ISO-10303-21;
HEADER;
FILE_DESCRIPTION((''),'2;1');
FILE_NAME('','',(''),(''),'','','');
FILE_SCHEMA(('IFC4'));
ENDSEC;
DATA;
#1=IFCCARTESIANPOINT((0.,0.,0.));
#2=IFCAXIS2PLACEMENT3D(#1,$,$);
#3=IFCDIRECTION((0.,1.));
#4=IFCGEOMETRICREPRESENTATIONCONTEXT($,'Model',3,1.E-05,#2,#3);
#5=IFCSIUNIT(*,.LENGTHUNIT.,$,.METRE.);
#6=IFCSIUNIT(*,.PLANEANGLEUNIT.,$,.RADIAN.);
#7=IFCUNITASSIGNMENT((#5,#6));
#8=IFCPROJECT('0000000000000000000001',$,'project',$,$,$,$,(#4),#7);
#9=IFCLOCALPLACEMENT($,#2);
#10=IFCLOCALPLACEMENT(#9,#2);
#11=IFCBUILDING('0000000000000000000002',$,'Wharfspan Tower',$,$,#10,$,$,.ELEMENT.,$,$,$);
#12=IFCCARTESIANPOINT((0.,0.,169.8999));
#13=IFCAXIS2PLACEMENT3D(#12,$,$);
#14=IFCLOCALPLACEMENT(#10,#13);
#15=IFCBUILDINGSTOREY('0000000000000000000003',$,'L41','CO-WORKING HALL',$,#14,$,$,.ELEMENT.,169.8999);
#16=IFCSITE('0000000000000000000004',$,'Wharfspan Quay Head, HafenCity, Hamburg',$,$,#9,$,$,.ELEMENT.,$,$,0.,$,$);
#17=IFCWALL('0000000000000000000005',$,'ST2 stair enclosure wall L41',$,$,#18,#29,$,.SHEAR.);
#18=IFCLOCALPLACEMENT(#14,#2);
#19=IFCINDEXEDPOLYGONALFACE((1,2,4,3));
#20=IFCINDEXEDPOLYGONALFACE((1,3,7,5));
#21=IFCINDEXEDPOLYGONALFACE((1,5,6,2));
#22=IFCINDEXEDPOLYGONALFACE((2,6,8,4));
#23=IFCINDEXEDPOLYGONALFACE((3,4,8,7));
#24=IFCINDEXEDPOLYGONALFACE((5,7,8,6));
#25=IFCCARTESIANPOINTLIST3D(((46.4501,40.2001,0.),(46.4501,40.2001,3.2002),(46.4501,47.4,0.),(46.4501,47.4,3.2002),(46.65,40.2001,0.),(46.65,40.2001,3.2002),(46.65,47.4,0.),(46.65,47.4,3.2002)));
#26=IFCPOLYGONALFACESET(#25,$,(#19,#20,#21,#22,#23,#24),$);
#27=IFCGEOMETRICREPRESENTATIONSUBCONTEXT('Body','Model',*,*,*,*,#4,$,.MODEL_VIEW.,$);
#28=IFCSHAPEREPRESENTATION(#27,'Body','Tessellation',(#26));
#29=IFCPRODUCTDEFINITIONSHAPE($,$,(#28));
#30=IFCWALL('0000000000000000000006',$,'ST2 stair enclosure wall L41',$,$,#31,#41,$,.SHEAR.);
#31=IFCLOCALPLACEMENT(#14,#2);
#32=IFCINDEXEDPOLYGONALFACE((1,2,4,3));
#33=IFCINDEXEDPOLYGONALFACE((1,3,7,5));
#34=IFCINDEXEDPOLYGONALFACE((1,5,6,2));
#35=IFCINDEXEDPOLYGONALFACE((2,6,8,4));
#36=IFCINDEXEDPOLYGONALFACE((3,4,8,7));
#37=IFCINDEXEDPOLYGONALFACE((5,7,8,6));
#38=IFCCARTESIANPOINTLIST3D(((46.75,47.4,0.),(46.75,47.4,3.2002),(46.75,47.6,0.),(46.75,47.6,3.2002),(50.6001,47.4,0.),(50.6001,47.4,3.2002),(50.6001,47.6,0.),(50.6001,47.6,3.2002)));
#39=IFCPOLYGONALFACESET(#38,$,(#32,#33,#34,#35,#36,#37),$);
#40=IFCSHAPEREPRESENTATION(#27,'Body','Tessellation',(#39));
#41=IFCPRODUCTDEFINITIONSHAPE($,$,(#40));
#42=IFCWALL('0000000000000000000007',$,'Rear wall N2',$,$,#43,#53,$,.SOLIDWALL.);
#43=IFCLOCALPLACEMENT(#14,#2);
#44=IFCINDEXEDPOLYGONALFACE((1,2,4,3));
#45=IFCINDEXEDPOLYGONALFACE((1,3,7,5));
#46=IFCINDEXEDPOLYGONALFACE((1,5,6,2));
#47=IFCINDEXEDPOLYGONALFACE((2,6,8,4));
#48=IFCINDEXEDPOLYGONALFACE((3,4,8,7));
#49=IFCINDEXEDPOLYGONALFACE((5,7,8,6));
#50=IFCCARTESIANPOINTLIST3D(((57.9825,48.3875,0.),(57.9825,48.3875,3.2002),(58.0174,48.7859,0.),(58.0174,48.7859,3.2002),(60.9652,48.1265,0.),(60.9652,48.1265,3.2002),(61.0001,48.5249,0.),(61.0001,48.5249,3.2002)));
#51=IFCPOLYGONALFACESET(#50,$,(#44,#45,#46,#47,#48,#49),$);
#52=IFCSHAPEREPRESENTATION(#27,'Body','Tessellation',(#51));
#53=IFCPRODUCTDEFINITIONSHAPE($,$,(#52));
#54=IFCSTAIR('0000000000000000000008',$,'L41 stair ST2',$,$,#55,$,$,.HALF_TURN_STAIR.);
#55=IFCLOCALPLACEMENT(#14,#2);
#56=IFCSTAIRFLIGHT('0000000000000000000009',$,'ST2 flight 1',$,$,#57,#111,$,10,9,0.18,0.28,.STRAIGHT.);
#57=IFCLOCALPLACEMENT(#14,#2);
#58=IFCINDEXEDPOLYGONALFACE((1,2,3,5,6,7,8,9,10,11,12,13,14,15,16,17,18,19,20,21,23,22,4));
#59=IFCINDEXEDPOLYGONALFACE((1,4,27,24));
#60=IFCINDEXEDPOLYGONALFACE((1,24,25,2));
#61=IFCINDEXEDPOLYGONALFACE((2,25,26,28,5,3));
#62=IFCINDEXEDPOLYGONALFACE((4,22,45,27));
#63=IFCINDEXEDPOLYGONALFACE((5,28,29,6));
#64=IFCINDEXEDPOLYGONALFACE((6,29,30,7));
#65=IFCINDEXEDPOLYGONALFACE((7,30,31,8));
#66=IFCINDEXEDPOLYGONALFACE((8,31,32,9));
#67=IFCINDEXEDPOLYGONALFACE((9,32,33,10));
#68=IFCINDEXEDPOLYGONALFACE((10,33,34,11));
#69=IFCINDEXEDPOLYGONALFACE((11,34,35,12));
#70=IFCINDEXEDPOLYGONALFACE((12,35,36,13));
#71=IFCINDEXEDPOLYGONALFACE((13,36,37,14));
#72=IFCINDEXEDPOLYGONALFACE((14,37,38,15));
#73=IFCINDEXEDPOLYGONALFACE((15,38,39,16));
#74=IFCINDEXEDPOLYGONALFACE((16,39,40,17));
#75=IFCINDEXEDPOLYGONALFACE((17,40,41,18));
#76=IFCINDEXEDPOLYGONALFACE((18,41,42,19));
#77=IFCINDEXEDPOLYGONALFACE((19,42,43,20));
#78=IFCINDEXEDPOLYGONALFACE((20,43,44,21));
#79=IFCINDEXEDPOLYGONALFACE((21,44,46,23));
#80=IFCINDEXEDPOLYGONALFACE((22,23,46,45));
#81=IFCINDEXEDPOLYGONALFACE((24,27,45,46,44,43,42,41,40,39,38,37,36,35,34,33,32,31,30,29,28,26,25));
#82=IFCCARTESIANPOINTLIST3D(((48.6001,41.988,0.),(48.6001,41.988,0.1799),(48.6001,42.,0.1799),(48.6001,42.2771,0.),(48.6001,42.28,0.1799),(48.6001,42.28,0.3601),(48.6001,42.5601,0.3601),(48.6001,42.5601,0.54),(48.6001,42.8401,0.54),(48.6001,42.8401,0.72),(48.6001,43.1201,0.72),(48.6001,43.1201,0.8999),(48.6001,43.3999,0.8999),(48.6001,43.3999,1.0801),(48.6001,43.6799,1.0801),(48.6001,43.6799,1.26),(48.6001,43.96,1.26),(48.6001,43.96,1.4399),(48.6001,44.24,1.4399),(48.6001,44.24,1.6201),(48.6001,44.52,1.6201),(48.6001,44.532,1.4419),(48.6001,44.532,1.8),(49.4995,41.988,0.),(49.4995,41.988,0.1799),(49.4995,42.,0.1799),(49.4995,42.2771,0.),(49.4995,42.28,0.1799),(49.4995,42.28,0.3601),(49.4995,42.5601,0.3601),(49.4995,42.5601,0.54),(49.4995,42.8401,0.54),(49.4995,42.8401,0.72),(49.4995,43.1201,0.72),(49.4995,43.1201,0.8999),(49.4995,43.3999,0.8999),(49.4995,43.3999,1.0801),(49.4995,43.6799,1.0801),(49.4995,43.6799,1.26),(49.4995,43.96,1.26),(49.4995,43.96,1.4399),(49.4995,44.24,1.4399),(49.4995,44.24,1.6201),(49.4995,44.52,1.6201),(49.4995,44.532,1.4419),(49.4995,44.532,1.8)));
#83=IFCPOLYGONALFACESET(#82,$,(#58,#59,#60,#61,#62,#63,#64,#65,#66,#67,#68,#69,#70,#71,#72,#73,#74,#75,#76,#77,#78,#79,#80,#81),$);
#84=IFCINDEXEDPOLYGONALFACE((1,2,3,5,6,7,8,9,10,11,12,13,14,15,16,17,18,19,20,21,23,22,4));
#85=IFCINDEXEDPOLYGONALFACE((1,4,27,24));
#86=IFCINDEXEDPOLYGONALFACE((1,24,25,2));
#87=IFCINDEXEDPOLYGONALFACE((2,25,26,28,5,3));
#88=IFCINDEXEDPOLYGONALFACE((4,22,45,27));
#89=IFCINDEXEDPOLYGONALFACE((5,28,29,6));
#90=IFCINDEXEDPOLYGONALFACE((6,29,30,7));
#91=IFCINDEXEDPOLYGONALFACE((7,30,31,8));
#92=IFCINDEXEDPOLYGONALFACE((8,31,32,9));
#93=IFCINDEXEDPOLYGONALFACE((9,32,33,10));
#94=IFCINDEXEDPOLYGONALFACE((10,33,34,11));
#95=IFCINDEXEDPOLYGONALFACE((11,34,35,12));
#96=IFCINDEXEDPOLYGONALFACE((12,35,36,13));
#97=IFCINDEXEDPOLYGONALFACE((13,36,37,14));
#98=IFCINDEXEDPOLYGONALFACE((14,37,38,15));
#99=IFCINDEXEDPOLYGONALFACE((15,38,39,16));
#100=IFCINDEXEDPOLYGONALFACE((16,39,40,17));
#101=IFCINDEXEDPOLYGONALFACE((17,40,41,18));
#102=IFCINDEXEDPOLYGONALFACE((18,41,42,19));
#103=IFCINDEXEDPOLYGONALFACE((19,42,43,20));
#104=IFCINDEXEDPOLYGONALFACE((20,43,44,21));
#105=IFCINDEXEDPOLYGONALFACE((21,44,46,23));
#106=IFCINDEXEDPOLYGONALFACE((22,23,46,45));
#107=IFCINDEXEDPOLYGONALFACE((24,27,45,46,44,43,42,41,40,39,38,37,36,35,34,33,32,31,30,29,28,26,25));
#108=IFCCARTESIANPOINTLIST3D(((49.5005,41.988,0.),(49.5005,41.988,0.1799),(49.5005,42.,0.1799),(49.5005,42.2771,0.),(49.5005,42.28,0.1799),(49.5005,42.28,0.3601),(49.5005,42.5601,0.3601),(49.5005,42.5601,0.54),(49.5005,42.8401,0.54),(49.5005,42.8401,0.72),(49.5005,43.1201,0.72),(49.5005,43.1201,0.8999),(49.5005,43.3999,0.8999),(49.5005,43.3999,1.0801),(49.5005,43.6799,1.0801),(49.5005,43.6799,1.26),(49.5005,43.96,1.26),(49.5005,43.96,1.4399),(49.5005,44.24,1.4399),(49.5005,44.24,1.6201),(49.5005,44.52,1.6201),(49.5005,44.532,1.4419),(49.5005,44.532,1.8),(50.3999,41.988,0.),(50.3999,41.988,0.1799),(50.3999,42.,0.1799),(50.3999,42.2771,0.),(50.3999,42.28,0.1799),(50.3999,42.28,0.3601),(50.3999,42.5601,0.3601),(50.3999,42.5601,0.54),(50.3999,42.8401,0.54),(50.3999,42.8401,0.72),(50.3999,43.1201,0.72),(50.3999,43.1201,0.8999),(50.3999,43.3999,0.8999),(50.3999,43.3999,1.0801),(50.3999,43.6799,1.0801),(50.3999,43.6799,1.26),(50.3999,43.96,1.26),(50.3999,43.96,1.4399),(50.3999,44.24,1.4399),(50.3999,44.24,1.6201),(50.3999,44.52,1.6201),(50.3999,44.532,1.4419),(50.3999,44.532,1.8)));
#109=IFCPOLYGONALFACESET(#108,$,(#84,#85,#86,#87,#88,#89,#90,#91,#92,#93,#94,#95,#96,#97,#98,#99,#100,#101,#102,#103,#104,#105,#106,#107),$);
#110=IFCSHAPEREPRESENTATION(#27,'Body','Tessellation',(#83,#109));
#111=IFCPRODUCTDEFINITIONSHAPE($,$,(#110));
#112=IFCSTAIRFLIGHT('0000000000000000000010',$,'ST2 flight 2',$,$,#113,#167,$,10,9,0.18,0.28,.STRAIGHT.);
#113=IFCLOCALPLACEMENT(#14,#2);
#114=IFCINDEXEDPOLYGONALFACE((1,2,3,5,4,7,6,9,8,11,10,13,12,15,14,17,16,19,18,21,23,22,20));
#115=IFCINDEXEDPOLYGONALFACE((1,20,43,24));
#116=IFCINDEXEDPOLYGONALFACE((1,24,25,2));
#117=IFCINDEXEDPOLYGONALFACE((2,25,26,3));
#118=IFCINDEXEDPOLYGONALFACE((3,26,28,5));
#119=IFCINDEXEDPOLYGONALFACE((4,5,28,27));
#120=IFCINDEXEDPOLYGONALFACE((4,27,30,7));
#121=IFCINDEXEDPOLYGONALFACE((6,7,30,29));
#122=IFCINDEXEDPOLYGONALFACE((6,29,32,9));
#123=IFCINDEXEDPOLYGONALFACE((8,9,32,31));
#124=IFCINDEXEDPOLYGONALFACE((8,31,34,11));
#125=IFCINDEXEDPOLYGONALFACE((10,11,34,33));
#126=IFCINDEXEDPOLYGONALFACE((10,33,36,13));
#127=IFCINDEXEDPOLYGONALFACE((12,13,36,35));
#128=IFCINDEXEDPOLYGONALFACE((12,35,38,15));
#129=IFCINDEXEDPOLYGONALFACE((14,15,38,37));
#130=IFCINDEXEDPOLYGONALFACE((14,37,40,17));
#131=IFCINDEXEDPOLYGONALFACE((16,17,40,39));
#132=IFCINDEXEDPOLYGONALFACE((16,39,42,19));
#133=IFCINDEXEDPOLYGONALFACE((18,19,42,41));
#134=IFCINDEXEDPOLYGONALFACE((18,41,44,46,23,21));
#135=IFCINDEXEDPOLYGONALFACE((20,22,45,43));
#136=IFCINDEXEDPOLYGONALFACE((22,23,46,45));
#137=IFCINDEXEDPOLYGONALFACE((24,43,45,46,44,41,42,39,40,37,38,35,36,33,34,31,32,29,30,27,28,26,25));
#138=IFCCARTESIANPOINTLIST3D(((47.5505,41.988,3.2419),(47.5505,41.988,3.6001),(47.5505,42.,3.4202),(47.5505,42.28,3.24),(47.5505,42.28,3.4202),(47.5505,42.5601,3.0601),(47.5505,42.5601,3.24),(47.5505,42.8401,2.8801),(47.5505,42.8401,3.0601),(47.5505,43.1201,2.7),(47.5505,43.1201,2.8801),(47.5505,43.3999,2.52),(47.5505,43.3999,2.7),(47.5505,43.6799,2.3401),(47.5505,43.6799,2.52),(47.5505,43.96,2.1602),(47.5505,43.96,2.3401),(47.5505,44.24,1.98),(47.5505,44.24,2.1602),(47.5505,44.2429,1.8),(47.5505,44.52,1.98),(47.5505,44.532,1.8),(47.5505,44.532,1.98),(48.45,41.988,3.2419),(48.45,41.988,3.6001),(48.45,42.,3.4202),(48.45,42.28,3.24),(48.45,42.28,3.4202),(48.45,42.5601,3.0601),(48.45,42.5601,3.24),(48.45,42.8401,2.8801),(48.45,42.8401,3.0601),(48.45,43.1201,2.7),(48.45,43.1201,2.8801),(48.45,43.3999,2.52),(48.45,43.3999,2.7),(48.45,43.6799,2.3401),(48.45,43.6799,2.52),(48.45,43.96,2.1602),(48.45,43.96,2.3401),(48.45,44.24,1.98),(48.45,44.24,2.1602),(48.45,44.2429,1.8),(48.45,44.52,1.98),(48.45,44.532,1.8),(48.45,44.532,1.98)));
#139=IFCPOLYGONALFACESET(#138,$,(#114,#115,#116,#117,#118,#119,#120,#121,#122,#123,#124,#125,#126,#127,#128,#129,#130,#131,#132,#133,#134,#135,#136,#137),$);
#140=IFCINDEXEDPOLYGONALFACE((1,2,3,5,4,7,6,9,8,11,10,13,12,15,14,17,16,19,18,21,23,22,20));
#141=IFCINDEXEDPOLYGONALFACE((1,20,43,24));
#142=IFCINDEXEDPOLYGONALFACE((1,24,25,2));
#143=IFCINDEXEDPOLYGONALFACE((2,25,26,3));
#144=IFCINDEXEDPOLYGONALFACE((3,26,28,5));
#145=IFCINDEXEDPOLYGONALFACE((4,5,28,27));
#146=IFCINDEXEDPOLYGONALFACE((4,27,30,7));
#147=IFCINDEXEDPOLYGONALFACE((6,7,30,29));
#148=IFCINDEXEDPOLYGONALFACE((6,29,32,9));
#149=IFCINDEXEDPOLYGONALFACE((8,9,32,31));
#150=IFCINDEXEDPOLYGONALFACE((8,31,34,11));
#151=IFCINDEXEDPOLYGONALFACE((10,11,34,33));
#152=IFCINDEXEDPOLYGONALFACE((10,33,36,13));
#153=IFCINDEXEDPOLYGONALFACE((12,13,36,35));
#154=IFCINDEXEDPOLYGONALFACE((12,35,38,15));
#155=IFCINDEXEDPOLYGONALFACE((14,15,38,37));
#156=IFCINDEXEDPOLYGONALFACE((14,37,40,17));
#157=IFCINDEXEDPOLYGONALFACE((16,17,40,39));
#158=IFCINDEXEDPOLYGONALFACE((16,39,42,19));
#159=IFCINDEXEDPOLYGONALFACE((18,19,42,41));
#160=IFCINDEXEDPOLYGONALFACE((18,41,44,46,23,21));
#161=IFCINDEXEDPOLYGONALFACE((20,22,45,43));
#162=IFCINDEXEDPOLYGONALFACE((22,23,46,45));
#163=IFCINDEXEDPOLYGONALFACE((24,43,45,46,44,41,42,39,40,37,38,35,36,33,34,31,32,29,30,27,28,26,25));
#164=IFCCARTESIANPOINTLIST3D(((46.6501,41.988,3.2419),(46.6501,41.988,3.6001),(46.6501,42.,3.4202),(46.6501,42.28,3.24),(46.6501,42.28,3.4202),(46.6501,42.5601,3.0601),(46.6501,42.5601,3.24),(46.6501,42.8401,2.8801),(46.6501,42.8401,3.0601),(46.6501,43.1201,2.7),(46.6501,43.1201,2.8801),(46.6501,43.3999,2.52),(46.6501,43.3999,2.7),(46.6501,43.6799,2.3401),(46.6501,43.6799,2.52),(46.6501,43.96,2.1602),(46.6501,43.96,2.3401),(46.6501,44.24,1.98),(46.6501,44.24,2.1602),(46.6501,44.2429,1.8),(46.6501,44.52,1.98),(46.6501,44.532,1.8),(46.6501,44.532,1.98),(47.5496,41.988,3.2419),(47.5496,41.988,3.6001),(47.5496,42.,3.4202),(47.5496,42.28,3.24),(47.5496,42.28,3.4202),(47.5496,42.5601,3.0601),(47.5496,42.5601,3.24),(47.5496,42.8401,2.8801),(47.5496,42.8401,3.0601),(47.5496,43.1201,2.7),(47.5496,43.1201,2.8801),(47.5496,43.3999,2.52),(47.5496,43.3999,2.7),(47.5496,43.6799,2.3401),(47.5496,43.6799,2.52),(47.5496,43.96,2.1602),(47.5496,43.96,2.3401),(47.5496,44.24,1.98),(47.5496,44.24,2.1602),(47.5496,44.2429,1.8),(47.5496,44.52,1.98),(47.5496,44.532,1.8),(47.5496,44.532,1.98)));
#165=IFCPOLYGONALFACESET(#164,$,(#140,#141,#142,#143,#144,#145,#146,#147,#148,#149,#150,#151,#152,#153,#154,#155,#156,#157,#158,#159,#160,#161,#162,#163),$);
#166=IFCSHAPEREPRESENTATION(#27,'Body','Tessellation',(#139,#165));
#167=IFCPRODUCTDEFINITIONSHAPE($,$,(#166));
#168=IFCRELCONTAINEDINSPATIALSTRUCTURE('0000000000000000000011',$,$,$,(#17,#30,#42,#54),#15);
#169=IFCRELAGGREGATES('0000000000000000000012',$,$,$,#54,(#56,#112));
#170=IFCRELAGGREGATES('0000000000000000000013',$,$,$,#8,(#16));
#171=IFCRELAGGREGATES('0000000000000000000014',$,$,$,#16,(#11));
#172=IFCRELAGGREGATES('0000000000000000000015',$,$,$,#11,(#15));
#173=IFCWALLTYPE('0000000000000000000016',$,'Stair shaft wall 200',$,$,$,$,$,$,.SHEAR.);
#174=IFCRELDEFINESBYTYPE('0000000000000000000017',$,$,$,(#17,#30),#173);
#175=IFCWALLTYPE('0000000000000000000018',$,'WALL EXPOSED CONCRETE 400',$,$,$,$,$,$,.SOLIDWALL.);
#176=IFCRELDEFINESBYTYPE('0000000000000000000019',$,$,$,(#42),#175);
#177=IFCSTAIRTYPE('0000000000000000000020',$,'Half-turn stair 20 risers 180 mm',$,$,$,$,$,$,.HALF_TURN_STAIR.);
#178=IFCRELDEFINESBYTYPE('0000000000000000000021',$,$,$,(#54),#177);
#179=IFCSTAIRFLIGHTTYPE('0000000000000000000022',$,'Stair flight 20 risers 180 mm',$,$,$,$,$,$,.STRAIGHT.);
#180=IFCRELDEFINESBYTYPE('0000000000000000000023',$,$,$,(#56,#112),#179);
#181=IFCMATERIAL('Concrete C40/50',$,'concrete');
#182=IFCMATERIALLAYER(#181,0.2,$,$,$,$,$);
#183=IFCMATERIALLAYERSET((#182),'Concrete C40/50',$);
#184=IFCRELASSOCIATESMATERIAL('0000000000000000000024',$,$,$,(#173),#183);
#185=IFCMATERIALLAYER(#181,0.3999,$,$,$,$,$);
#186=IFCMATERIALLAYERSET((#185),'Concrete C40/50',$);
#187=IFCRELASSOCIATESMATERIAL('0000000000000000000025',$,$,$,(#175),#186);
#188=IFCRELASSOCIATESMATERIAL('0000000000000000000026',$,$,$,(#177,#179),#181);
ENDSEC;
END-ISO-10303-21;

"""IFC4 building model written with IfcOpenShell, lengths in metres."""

from ifc_helpers import new_model, si_unit, direction, frame, frame_2d, origin, place, context, subcontext, project, spatial, polyline, rectangle, outline, extrude, material, layer, layer_set, type_object, element, aggregate, save


model = new_model("IFC4")

# Units and contexts
model_context = context("Model", 3, precision=1e-05, world=origin(), true_north=direction((0.0, 1.0)))
body_context = subcontext(model_context, "Body", "Model", "MODEL_VIEW")
ifc_project = project(units=[si_unit("LENGTHUNIT", "METRE"), si_unit("PLANEANGLEUNIT", "RADIAN")], contexts=[model_context])

# Site, building, storey
site_placement = place(None, origin())
site = spatial("IfcSite", under=ifc_project, at=site_placement, Name="Wharfspan Quay Head, HafenCity, Hamburg", CompositionType="ELEMENT", RefElevation=0.0)
building_placement = place(site_placement, origin())
building = spatial("IfcBuilding", under=site, at=building_placement, Name="Wharfspan Tower", CompositionType="ELEMENT")
storey_placement = place(building_placement, frame((0.0, 0.0, 169.8999)))
storey = spatial("IfcBuildingStorey", under=building, at=storey_placement, Name="L41", Description="CO-WORKING HALL", CompositionType="ELEMENT", Elevation=169.8999)

# Walls
ifc_material_1 = material(Name="Concrete C40/50", Category="concrete")
ifc_layer_1 = layer(ifc_material_1, 0.2)
ifc_layer_set_1 = layer_set([ifc_layer_1], Name="Concrete C40/50")
wall_type_1 = type_object("IfcWallType", Name="Stair shaft wall 200", PredefinedType="SHEAR", material=ifc_layer_set_1)
wall_1_placement = place(storey_placement, frame((46.55, 40.2, 0.0), z_axis=(0.0, 0.0, 1.0), x_axis=(0.0, 1.0, 0.0)))
element("IfcWall", 1, at=wall_1_placement, inside=storey, type_object=wall_type_1, Name="ST2 stair enclosure wall L41", PredefinedType="SHEAR", context=body_context, shape_type="SweptSolid", body=[
    extrude(rectangle(XDim=7.2, YDim=0.2, at=frame_2d((3.6001, 0.0))), origin(), (0.0, 0.0, 1.0), 3.2002),
])
wall_2_placement = place(storey_placement, frame((46.75, 47.5, 0.0), z_axis=(0.0, 0.0, 1.0), x_axis=(1.0, 0.0, 0.0)))
element("IfcWall", 2, at=wall_2_placement, inside=storey, type_object=wall_type_1, Name="ST2 stair enclosure wall L41", PredefinedType="SHEAR", context=body_context, shape_type="SweptSolid", body=[
    extrude(rectangle(XDim=3.8501, YDim=0.2, at=frame_2d((1.925, 0.0))), origin(), (0.0, 0.0, 1.0), 3.2002),
])
ifc_layer_2 = layer(ifc_material_1, 0.3999)
ifc_layer_set_2 = layer_set([ifc_layer_2], Name="Concrete C40/50")
wall_type_2 = type_object("IfcWallType", Name="WALL EXPOSED CONCRETE 400", PredefinedType="SOLIDWALL", material=ifc_layer_set_2)
wall_3_placement = place(storey_placement, frame((60.9827, 48.3257, 0.0), z_axis=(0.0, 0.0, 1.0), x_axis=(-0.996194, 0.087168, 0.0)))
element("IfcWall", 3, at=wall_3_placement, inside=storey, type_object=wall_type_2, Name="Rear wall N2", PredefinedType="SOLIDWALL", context=body_context, shape_type="SweptSolid", body=[
    extrude(rectangle(XDim=2.9941, YDim=0.3999, at=frame_2d((1.4971, 0.0))), origin(), (0.0, 0.0, 1.0), 3.2002),
])

# Stair, stair flights
stair_type = type_object("IfcStairType", Name="Half-turn stair 20 risers 180 mm", PredefinedType="HALF_TURN_STAIR", material=ifc_material_1)
stair_placement = place(storey_placement, origin())
stair = element("IfcStair", 4, at=stair_placement, inside=storey, type_object=stair_type, Name="L41 stair ST2", PredefinedType="HALF_TURN_STAIR")
stair_flight_type = type_object("IfcStairFlightType", Name="Stair flight 20 risers 180 mm", PredefinedType="STRAIGHT", material=ifc_material_1)
stair_flight_1_placement = place(storey_placement, frame((49.5, 42.0, 0.0), z_axis=(0.0, 0.0, 1.0), x_axis=(0.0, 1.0, 0.0)))
stair_flight_1 = element("IfcStairFlight", 5, at=stair_flight_1_placement, type_object=stair_flight_type, Name="ST2 flight 1", NumberOfRisers=10, NumberOfTreads=9, PredefinedType="STRAIGHT", RiserHeight=0.18, TreadLength=0.28, context=body_context, shape_type="SweptSolid", body=[
    extrude(outline(polyline([(-0.012, 0.0), (-0.012, 0.1799), (0.0, 0.1799), (0.28, 0.1799), (0.28, 0.3601), (0.5601, 0.3601), (0.5601, 0.54), (0.8401, 0.54), (0.8401, 0.72), (1.1201, 0.72), (1.1201, 0.8999), (1.3999, 0.8999), (1.3999, 1.0801), (1.6799, 1.0801), (1.6799, 1.26), (1.96, 1.26), (1.96, 1.4399), (2.24, 1.4399), (2.24, 1.6201), (2.52, 1.6201), (2.532, 1.8), (2.532, 1.4419), (0.2771, 0.0), (-0.012, 0.0)])), frame((0.0, 0.8999, 0.0), z_axis=(0.0, -1.0, 0.0), x_axis=(1.0, 0.0, 0.0)), (0.0, 0.0, 1.0), 0.8994),
    extrude(outline(polyline([(-0.012, 0.0), (-0.012, 0.1799), (0.0, 0.1799), (0.28, 0.1799), (0.28, 0.3601), (0.5601, 0.3601), (0.5601, 0.54), (0.8401, 0.54), (0.8401, 0.72), (1.1201, 0.72), (1.1201, 0.8999), (1.3999, 0.8999), (1.3999, 1.0801), (1.6799, 1.0801), (1.6799, 1.26), (1.96, 1.26), (1.96, 1.4399), (2.24, 1.4399), (2.24, 1.6201), (2.52, 1.6201), (2.532, 1.8), (2.532, 1.4419), (0.2771, 0.0), (-0.012, 0.0)])), frame((0.0, -0.0005, 0.0), z_axis=(0.0, -1.0, 0.0), x_axis=(1.0, 0.0, 0.0)), (0.0, 0.0, 1.0), 0.8994),
])
stair_flight_2_placement = place(storey_placement, frame((47.55, 44.52, 1.8), z_axis=(0.0, 0.0, 1.0), x_axis=(0.0, -1.0, 0.0)))
stair_flight_2 = element("IfcStairFlight", 6, at=stair_flight_2_placement, type_object=stair_flight_type, Name="ST2 flight 2", NumberOfRisers=10, NumberOfTreads=9, PredefinedType="STRAIGHT", RiserHeight=0.18, TreadLength=0.28, context=body_context, shape_type="SweptSolid", body=[
    extrude(outline(polyline([(-0.012, 0.0), (-0.012, 0.1799), (0.0, 0.1799), (0.28, 0.1799), (0.28, 0.3601), (0.5601, 0.3601), (0.5601, 0.54), (0.8401, 0.54), (0.8401, 0.72), (1.1201, 0.72), (1.1201, 0.8999), (1.3999, 0.8999), (1.3999, 1.0801), (1.6799, 1.0801), (1.6799, 1.26), (1.96, 1.26), (1.96, 1.4399), (2.24, 1.4399), (2.24, 1.6201), (2.52, 1.6201), (2.532, 1.8), (2.532, 1.4419), (0.2771, 0.0), (-0.012, 0.0)])), frame((0.0, 0.8999, 0.0), z_axis=(0.0, -1.0, 0.0), x_axis=(1.0, 0.0, 0.0)), (0.0, 0.0, 1.0), 0.8994),
    extrude(outline(polyline([(-0.012, 0.0), (-0.012, 0.1799), (0.0, 0.1799), (0.28, 0.1799), (0.28, 0.3601), (0.5601, 0.3601), (0.5601, 0.54), (0.8401, 0.54), (0.8401, 0.72), (1.1201, 0.72), (1.1201, 0.8999), (1.3999, 0.8999), (1.3999, 1.0801), (1.6799, 1.0801), (1.6799, 1.26), (1.96, 1.26), (1.96, 1.4399), (2.24, 1.4399), (2.24, 1.6201), (2.52, 1.6201), (2.532, 1.8), (2.532, 1.4419), (0.2771, 0.0), (-0.012, 0.0)])), frame((0.0, -0.0005, 0.0), z_axis=(0.0, -1.0, 0.0), x_axis=(1.0, 0.0, 0.0)), (0.0, 0.0, 1.0), 0.8994),
])
aggregate(stair, [stair_flight_1, stair_flight_2])

save(model, "model.ifc")
